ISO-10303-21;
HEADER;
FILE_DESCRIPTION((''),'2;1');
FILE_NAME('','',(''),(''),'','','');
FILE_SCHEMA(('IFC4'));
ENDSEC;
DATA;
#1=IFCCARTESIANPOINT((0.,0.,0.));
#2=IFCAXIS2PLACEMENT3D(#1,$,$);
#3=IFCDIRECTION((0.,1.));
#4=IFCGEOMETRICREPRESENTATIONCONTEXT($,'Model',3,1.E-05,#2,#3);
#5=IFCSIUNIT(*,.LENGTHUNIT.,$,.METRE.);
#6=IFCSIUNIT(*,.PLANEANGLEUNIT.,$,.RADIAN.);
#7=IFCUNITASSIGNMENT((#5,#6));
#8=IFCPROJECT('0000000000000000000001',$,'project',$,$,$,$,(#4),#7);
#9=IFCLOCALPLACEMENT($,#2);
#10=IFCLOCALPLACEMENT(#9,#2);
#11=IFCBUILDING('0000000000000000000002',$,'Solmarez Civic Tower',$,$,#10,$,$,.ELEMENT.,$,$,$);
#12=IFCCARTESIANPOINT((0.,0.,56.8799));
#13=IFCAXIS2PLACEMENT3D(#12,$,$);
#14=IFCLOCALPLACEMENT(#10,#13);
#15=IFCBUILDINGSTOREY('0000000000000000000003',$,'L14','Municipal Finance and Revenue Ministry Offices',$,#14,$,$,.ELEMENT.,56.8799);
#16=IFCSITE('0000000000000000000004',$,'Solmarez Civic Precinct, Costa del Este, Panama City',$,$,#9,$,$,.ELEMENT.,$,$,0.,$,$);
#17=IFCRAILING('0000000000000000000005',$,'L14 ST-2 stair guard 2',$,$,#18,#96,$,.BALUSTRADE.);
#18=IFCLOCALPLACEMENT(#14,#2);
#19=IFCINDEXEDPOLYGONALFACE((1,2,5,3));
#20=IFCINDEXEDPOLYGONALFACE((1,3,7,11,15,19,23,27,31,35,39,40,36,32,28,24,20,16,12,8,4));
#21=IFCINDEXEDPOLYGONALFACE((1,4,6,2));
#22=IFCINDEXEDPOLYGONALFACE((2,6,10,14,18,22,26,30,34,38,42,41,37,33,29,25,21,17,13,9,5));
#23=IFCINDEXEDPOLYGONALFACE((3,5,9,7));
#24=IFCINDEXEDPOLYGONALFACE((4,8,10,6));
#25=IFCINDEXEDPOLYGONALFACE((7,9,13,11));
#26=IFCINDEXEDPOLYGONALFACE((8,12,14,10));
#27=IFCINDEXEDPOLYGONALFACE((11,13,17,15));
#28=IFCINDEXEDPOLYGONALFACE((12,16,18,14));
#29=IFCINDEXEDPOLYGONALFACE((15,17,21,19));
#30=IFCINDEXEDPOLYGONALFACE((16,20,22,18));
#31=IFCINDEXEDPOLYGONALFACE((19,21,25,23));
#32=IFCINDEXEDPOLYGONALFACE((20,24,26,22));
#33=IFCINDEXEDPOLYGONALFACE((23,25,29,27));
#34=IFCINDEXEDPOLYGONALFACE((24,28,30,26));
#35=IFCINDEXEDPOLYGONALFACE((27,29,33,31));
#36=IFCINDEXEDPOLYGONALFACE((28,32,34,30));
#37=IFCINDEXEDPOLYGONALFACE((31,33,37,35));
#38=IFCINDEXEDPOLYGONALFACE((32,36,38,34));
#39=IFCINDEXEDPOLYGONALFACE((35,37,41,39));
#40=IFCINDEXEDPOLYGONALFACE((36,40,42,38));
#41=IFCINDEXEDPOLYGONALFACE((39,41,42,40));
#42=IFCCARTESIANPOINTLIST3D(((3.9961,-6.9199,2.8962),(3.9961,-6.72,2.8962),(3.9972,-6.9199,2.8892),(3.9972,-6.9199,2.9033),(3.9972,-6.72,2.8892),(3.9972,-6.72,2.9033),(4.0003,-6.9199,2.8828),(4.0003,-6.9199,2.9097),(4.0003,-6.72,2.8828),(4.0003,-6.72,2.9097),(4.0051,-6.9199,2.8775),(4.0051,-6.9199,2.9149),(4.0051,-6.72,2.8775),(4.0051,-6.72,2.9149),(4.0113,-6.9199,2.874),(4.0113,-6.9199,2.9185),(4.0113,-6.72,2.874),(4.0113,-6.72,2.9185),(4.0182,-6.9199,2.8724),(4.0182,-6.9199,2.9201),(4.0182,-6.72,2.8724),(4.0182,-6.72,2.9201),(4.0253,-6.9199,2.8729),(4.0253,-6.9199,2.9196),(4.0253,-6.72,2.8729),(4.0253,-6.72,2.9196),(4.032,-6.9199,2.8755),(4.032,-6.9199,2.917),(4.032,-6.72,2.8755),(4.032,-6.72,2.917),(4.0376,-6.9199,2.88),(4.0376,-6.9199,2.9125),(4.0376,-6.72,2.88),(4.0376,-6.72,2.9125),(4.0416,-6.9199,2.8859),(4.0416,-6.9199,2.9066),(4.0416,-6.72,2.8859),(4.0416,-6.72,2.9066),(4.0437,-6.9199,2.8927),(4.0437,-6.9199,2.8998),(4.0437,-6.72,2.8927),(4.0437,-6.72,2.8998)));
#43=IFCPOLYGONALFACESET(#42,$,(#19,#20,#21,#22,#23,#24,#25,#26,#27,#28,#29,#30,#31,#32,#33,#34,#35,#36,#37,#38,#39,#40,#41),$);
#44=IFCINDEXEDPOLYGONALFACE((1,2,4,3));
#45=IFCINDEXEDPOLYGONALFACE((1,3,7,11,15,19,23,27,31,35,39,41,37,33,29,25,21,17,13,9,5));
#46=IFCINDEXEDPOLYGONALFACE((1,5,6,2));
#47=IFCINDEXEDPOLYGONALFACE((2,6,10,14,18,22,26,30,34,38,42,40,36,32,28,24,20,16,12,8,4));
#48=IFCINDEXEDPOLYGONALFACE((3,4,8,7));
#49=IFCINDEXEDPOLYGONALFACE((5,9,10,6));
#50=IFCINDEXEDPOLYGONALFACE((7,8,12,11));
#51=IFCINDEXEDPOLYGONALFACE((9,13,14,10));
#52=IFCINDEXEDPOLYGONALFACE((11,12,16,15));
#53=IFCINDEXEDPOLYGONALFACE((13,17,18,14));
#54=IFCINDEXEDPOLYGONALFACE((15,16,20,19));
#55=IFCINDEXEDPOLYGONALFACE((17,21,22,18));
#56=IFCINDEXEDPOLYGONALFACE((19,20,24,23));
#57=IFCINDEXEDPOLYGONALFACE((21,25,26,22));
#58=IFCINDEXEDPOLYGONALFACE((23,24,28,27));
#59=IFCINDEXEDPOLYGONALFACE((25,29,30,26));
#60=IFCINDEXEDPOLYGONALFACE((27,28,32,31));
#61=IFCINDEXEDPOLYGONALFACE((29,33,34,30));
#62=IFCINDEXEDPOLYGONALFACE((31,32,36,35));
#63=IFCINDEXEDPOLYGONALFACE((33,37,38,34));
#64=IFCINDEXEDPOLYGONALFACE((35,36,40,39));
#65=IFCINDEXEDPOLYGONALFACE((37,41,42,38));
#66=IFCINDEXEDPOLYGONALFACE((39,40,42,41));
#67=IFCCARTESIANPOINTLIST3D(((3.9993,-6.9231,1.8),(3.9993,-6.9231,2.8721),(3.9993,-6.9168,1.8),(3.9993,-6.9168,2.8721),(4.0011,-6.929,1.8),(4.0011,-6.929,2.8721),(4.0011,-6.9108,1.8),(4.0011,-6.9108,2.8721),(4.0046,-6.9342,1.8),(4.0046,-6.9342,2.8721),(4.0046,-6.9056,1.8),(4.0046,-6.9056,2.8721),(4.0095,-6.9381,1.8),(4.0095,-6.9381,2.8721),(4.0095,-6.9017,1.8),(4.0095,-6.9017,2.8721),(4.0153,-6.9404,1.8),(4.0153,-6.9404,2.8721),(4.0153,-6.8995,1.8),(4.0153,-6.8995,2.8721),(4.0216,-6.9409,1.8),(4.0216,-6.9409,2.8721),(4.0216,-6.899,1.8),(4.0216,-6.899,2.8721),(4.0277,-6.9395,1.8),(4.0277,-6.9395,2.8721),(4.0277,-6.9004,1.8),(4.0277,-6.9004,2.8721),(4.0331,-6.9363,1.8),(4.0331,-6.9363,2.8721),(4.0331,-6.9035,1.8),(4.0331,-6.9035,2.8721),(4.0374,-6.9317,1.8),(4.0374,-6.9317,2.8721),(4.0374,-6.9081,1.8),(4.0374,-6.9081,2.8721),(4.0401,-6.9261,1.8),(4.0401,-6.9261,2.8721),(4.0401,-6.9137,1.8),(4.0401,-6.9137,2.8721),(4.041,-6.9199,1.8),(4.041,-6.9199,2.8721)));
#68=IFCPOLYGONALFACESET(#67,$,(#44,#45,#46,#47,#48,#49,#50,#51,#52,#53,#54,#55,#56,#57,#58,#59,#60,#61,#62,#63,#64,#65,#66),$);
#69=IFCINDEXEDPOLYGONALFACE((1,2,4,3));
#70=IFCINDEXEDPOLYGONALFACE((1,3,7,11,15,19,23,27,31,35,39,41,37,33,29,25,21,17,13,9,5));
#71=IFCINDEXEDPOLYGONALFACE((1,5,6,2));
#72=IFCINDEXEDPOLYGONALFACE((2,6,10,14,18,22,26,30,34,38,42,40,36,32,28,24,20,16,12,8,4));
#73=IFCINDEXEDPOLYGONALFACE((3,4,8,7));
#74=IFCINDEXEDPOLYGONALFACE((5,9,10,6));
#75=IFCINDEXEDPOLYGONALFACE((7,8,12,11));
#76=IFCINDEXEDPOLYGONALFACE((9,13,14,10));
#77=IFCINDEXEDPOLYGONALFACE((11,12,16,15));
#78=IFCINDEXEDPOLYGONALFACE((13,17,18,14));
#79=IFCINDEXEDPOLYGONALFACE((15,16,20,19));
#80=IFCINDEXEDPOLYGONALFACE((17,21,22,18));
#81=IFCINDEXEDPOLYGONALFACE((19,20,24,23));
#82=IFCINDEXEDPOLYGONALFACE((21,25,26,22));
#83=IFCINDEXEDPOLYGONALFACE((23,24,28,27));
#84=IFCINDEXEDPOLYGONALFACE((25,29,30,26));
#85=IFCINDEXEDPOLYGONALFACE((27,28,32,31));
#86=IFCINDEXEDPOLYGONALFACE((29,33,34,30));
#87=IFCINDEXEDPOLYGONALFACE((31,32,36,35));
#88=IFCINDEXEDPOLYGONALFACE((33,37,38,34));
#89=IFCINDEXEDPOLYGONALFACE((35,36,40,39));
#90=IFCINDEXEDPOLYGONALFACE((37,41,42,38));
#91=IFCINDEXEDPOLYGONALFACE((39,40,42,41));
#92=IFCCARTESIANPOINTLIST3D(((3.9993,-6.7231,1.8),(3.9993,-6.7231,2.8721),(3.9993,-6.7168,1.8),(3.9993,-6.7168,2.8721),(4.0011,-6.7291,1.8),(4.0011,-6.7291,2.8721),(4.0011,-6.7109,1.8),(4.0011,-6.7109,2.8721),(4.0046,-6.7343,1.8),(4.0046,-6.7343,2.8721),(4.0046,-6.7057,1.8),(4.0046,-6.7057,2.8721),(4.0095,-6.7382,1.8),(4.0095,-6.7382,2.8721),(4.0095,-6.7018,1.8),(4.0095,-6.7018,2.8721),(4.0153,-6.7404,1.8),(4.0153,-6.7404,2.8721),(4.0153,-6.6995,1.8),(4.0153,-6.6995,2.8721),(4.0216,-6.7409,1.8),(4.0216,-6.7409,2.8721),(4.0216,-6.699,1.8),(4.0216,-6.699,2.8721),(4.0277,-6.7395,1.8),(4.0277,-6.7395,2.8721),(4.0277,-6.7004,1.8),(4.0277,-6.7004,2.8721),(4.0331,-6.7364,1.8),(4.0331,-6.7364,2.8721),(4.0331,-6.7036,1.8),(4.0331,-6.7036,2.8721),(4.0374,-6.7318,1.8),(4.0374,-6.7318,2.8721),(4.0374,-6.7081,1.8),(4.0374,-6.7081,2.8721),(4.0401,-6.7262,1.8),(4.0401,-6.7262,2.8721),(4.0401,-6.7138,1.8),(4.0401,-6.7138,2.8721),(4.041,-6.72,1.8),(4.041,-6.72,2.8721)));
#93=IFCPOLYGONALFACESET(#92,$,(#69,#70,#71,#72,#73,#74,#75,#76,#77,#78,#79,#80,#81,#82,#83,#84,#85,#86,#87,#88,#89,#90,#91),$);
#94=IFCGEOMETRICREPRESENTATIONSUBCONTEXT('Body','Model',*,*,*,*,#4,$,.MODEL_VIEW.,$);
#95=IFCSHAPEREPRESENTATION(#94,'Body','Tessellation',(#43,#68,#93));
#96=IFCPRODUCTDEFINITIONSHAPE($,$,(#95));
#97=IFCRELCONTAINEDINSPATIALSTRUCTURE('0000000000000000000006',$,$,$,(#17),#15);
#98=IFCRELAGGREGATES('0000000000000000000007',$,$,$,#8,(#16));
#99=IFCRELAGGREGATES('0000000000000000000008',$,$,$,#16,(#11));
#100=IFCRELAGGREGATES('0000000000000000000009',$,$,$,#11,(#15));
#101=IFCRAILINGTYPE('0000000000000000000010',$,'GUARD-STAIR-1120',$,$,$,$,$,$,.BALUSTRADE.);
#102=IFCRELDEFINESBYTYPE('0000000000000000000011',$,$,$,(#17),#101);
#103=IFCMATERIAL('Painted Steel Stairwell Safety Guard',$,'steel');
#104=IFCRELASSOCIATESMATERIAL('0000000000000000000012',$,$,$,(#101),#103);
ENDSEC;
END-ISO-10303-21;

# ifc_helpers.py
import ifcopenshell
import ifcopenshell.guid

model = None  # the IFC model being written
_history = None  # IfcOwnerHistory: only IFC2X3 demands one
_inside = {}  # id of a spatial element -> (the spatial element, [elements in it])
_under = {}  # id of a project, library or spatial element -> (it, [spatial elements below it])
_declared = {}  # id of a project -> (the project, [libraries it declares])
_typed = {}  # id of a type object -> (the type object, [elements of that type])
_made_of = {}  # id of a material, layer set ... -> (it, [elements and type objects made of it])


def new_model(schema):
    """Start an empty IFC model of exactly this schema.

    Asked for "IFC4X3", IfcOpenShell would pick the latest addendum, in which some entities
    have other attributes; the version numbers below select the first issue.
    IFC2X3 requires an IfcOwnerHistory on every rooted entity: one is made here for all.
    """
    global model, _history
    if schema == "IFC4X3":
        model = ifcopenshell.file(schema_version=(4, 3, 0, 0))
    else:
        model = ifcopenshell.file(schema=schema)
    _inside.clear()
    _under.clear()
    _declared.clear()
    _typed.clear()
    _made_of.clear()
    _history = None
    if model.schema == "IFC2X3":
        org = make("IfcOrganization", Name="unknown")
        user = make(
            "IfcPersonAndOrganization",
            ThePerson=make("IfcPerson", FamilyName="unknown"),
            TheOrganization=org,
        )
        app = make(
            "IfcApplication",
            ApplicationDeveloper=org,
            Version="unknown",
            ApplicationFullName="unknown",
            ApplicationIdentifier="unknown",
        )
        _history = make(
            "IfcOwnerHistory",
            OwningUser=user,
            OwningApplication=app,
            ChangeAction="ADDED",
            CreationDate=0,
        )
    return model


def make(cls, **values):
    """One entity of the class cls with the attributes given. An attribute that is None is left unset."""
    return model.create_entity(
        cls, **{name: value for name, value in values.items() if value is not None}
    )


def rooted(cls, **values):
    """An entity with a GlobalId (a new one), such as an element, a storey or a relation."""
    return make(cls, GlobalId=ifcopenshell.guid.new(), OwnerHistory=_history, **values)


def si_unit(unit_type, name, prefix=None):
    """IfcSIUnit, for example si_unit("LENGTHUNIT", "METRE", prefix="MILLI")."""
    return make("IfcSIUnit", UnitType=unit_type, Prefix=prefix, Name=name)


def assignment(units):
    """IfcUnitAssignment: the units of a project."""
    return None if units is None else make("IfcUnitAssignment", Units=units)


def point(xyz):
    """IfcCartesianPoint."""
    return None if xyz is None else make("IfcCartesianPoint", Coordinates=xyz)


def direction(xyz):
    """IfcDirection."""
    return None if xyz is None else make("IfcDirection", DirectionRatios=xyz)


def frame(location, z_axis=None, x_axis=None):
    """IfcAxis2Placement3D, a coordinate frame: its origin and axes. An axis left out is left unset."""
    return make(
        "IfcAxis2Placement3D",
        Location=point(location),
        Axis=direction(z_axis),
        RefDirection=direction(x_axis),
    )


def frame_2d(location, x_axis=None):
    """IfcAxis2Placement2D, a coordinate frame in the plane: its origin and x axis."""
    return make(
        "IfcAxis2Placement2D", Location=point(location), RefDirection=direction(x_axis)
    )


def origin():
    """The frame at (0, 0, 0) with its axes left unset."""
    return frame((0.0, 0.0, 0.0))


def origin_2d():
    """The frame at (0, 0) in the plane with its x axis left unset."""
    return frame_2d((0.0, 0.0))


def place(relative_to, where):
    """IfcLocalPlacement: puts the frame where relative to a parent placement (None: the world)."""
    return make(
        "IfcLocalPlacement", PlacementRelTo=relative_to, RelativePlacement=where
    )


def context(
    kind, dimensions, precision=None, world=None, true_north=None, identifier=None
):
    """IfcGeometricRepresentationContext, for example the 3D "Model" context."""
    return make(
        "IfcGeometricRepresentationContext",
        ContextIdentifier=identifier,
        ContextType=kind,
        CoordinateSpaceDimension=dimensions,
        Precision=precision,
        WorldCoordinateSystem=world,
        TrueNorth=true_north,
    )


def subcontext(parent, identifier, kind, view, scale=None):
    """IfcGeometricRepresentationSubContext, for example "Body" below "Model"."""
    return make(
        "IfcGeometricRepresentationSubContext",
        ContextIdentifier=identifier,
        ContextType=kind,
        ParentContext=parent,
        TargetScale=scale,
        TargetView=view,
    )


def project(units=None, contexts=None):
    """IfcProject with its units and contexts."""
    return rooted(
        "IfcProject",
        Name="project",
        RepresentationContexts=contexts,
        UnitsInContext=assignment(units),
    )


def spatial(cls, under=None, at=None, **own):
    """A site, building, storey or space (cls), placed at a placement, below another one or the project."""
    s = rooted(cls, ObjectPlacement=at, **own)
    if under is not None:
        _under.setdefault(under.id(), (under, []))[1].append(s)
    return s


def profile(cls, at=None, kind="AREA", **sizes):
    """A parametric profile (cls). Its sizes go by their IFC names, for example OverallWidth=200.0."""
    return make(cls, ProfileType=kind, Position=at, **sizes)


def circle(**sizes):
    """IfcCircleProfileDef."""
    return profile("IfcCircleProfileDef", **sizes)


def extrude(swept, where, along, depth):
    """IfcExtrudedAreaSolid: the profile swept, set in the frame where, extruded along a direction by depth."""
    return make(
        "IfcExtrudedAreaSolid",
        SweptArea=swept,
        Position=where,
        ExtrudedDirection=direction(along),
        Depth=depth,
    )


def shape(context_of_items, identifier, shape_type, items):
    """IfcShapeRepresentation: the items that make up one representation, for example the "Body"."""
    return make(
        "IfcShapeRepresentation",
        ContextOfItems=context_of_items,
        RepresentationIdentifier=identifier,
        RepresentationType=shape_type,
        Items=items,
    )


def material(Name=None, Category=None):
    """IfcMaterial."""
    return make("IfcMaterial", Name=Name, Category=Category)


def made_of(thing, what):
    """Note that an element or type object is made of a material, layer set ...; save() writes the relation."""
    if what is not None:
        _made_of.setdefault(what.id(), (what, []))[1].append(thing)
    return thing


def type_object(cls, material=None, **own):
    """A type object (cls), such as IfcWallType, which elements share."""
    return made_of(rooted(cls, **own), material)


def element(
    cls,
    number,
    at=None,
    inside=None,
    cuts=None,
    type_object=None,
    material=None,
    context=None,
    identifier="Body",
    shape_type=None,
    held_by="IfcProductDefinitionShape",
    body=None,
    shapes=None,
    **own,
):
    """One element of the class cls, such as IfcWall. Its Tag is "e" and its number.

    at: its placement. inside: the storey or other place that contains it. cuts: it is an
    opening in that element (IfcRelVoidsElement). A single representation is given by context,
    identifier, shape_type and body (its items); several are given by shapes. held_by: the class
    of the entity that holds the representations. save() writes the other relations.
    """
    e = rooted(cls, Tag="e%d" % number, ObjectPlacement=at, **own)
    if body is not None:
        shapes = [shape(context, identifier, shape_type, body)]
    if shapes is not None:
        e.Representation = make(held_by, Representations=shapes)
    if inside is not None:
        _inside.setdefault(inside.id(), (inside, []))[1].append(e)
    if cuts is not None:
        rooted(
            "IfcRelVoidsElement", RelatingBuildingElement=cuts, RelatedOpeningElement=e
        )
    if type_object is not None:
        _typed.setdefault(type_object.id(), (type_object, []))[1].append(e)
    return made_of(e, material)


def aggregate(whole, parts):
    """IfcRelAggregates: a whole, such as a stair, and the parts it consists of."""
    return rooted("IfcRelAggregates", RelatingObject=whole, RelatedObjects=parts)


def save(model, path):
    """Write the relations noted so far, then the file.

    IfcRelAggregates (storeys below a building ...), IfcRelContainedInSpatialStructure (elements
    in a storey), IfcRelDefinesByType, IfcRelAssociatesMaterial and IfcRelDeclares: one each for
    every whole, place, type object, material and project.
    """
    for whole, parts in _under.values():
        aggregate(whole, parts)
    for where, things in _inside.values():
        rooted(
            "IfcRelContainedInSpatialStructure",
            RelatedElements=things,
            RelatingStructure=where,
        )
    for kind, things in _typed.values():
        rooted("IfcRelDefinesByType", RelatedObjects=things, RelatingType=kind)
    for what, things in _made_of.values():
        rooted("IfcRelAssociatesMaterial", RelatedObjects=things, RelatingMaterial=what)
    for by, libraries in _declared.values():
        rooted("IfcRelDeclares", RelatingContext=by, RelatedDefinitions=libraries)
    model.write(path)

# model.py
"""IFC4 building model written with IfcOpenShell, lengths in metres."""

from ifc_helpers import new_model, si_unit, direction, frame, origin, origin_2d, place, context, subcontext, project, spatial, circle, extrude, material, type_object, element, save


model = new_model("IFC4")

# Units and contexts
model_context = context("Model", 3, precision=1e-05, world=origin(), true_north=direction((0.0, 1.0)))
body_context = subcontext(model_context, "Body", "Model", "MODEL_VIEW")
ifc_project = project(units=[si_unit("LENGTHUNIT", "METRE"), si_unit("PLANEANGLEUNIT", "RADIAN")], contexts=[model_context])

# Site, building, storey
site_placement = place(None, origin())
site = spatial("IfcSite", under=ifc_project, at=site_placement, Name="Solmarez Civic Precinct, Costa del Este, Panama City", CompositionType="ELEMENT", RefElevation=0.0)
building_placement = place(site_placement, origin())
building = spatial("IfcBuilding", under=site, at=building_placement, Name="Solmarez Civic Tower", CompositionType="ELEMENT")
storey_placement = place(building_placement, frame((0.0, 0.0, 56.8799)))
storey = spatial("IfcBuildingStorey", under=building, at=storey_placement, Name="L14", Description="Municipal Finance and Revenue Ministry Offices", CompositionType="ELEMENT", Elevation=56.8799)

# Railing
ifc_material_1 = material(Name="Painted Steel Stairwell Safety Guard", Category="steel")
railing_type_1 = type_object("IfcRailingType", Name="GUARD-STAIR-1120", PredefinedType="BALUSTRADE", material=ifc_material_1)
railing_1_placement = place(storey_placement, frame((4.02, -6.9199, 1.8)))
element("IfcRailing", 1, at=railing_1_placement, inside=storey, type_object=railing_type_1, Name="L14 ST-2 stair guard 2", PredefinedType="BALUSTRADE", context=body_context, shape_type="SweptSolid", body=[
    extrude(circle(Radius=0.0239, at=origin_2d()), frame((0.0, 0.0, 1.0962), z_axis=(0.0, 1.0, 0.0), x_axis=(-1.0, 0.0, 0.0)), (0.0, 0.0, 1.0), 0.2),
    extrude(circle(Radius=0.021, at=origin_2d()), origin(), (0.0, 0.0, 1.0), 1.072),
    extrude(circle(Radius=0.021, at=origin_2d()), frame((0.0, 0.2, 0.0)), (0.0, 0.0, 1.0), 1.072),
])

save(model, "model.ifc")
